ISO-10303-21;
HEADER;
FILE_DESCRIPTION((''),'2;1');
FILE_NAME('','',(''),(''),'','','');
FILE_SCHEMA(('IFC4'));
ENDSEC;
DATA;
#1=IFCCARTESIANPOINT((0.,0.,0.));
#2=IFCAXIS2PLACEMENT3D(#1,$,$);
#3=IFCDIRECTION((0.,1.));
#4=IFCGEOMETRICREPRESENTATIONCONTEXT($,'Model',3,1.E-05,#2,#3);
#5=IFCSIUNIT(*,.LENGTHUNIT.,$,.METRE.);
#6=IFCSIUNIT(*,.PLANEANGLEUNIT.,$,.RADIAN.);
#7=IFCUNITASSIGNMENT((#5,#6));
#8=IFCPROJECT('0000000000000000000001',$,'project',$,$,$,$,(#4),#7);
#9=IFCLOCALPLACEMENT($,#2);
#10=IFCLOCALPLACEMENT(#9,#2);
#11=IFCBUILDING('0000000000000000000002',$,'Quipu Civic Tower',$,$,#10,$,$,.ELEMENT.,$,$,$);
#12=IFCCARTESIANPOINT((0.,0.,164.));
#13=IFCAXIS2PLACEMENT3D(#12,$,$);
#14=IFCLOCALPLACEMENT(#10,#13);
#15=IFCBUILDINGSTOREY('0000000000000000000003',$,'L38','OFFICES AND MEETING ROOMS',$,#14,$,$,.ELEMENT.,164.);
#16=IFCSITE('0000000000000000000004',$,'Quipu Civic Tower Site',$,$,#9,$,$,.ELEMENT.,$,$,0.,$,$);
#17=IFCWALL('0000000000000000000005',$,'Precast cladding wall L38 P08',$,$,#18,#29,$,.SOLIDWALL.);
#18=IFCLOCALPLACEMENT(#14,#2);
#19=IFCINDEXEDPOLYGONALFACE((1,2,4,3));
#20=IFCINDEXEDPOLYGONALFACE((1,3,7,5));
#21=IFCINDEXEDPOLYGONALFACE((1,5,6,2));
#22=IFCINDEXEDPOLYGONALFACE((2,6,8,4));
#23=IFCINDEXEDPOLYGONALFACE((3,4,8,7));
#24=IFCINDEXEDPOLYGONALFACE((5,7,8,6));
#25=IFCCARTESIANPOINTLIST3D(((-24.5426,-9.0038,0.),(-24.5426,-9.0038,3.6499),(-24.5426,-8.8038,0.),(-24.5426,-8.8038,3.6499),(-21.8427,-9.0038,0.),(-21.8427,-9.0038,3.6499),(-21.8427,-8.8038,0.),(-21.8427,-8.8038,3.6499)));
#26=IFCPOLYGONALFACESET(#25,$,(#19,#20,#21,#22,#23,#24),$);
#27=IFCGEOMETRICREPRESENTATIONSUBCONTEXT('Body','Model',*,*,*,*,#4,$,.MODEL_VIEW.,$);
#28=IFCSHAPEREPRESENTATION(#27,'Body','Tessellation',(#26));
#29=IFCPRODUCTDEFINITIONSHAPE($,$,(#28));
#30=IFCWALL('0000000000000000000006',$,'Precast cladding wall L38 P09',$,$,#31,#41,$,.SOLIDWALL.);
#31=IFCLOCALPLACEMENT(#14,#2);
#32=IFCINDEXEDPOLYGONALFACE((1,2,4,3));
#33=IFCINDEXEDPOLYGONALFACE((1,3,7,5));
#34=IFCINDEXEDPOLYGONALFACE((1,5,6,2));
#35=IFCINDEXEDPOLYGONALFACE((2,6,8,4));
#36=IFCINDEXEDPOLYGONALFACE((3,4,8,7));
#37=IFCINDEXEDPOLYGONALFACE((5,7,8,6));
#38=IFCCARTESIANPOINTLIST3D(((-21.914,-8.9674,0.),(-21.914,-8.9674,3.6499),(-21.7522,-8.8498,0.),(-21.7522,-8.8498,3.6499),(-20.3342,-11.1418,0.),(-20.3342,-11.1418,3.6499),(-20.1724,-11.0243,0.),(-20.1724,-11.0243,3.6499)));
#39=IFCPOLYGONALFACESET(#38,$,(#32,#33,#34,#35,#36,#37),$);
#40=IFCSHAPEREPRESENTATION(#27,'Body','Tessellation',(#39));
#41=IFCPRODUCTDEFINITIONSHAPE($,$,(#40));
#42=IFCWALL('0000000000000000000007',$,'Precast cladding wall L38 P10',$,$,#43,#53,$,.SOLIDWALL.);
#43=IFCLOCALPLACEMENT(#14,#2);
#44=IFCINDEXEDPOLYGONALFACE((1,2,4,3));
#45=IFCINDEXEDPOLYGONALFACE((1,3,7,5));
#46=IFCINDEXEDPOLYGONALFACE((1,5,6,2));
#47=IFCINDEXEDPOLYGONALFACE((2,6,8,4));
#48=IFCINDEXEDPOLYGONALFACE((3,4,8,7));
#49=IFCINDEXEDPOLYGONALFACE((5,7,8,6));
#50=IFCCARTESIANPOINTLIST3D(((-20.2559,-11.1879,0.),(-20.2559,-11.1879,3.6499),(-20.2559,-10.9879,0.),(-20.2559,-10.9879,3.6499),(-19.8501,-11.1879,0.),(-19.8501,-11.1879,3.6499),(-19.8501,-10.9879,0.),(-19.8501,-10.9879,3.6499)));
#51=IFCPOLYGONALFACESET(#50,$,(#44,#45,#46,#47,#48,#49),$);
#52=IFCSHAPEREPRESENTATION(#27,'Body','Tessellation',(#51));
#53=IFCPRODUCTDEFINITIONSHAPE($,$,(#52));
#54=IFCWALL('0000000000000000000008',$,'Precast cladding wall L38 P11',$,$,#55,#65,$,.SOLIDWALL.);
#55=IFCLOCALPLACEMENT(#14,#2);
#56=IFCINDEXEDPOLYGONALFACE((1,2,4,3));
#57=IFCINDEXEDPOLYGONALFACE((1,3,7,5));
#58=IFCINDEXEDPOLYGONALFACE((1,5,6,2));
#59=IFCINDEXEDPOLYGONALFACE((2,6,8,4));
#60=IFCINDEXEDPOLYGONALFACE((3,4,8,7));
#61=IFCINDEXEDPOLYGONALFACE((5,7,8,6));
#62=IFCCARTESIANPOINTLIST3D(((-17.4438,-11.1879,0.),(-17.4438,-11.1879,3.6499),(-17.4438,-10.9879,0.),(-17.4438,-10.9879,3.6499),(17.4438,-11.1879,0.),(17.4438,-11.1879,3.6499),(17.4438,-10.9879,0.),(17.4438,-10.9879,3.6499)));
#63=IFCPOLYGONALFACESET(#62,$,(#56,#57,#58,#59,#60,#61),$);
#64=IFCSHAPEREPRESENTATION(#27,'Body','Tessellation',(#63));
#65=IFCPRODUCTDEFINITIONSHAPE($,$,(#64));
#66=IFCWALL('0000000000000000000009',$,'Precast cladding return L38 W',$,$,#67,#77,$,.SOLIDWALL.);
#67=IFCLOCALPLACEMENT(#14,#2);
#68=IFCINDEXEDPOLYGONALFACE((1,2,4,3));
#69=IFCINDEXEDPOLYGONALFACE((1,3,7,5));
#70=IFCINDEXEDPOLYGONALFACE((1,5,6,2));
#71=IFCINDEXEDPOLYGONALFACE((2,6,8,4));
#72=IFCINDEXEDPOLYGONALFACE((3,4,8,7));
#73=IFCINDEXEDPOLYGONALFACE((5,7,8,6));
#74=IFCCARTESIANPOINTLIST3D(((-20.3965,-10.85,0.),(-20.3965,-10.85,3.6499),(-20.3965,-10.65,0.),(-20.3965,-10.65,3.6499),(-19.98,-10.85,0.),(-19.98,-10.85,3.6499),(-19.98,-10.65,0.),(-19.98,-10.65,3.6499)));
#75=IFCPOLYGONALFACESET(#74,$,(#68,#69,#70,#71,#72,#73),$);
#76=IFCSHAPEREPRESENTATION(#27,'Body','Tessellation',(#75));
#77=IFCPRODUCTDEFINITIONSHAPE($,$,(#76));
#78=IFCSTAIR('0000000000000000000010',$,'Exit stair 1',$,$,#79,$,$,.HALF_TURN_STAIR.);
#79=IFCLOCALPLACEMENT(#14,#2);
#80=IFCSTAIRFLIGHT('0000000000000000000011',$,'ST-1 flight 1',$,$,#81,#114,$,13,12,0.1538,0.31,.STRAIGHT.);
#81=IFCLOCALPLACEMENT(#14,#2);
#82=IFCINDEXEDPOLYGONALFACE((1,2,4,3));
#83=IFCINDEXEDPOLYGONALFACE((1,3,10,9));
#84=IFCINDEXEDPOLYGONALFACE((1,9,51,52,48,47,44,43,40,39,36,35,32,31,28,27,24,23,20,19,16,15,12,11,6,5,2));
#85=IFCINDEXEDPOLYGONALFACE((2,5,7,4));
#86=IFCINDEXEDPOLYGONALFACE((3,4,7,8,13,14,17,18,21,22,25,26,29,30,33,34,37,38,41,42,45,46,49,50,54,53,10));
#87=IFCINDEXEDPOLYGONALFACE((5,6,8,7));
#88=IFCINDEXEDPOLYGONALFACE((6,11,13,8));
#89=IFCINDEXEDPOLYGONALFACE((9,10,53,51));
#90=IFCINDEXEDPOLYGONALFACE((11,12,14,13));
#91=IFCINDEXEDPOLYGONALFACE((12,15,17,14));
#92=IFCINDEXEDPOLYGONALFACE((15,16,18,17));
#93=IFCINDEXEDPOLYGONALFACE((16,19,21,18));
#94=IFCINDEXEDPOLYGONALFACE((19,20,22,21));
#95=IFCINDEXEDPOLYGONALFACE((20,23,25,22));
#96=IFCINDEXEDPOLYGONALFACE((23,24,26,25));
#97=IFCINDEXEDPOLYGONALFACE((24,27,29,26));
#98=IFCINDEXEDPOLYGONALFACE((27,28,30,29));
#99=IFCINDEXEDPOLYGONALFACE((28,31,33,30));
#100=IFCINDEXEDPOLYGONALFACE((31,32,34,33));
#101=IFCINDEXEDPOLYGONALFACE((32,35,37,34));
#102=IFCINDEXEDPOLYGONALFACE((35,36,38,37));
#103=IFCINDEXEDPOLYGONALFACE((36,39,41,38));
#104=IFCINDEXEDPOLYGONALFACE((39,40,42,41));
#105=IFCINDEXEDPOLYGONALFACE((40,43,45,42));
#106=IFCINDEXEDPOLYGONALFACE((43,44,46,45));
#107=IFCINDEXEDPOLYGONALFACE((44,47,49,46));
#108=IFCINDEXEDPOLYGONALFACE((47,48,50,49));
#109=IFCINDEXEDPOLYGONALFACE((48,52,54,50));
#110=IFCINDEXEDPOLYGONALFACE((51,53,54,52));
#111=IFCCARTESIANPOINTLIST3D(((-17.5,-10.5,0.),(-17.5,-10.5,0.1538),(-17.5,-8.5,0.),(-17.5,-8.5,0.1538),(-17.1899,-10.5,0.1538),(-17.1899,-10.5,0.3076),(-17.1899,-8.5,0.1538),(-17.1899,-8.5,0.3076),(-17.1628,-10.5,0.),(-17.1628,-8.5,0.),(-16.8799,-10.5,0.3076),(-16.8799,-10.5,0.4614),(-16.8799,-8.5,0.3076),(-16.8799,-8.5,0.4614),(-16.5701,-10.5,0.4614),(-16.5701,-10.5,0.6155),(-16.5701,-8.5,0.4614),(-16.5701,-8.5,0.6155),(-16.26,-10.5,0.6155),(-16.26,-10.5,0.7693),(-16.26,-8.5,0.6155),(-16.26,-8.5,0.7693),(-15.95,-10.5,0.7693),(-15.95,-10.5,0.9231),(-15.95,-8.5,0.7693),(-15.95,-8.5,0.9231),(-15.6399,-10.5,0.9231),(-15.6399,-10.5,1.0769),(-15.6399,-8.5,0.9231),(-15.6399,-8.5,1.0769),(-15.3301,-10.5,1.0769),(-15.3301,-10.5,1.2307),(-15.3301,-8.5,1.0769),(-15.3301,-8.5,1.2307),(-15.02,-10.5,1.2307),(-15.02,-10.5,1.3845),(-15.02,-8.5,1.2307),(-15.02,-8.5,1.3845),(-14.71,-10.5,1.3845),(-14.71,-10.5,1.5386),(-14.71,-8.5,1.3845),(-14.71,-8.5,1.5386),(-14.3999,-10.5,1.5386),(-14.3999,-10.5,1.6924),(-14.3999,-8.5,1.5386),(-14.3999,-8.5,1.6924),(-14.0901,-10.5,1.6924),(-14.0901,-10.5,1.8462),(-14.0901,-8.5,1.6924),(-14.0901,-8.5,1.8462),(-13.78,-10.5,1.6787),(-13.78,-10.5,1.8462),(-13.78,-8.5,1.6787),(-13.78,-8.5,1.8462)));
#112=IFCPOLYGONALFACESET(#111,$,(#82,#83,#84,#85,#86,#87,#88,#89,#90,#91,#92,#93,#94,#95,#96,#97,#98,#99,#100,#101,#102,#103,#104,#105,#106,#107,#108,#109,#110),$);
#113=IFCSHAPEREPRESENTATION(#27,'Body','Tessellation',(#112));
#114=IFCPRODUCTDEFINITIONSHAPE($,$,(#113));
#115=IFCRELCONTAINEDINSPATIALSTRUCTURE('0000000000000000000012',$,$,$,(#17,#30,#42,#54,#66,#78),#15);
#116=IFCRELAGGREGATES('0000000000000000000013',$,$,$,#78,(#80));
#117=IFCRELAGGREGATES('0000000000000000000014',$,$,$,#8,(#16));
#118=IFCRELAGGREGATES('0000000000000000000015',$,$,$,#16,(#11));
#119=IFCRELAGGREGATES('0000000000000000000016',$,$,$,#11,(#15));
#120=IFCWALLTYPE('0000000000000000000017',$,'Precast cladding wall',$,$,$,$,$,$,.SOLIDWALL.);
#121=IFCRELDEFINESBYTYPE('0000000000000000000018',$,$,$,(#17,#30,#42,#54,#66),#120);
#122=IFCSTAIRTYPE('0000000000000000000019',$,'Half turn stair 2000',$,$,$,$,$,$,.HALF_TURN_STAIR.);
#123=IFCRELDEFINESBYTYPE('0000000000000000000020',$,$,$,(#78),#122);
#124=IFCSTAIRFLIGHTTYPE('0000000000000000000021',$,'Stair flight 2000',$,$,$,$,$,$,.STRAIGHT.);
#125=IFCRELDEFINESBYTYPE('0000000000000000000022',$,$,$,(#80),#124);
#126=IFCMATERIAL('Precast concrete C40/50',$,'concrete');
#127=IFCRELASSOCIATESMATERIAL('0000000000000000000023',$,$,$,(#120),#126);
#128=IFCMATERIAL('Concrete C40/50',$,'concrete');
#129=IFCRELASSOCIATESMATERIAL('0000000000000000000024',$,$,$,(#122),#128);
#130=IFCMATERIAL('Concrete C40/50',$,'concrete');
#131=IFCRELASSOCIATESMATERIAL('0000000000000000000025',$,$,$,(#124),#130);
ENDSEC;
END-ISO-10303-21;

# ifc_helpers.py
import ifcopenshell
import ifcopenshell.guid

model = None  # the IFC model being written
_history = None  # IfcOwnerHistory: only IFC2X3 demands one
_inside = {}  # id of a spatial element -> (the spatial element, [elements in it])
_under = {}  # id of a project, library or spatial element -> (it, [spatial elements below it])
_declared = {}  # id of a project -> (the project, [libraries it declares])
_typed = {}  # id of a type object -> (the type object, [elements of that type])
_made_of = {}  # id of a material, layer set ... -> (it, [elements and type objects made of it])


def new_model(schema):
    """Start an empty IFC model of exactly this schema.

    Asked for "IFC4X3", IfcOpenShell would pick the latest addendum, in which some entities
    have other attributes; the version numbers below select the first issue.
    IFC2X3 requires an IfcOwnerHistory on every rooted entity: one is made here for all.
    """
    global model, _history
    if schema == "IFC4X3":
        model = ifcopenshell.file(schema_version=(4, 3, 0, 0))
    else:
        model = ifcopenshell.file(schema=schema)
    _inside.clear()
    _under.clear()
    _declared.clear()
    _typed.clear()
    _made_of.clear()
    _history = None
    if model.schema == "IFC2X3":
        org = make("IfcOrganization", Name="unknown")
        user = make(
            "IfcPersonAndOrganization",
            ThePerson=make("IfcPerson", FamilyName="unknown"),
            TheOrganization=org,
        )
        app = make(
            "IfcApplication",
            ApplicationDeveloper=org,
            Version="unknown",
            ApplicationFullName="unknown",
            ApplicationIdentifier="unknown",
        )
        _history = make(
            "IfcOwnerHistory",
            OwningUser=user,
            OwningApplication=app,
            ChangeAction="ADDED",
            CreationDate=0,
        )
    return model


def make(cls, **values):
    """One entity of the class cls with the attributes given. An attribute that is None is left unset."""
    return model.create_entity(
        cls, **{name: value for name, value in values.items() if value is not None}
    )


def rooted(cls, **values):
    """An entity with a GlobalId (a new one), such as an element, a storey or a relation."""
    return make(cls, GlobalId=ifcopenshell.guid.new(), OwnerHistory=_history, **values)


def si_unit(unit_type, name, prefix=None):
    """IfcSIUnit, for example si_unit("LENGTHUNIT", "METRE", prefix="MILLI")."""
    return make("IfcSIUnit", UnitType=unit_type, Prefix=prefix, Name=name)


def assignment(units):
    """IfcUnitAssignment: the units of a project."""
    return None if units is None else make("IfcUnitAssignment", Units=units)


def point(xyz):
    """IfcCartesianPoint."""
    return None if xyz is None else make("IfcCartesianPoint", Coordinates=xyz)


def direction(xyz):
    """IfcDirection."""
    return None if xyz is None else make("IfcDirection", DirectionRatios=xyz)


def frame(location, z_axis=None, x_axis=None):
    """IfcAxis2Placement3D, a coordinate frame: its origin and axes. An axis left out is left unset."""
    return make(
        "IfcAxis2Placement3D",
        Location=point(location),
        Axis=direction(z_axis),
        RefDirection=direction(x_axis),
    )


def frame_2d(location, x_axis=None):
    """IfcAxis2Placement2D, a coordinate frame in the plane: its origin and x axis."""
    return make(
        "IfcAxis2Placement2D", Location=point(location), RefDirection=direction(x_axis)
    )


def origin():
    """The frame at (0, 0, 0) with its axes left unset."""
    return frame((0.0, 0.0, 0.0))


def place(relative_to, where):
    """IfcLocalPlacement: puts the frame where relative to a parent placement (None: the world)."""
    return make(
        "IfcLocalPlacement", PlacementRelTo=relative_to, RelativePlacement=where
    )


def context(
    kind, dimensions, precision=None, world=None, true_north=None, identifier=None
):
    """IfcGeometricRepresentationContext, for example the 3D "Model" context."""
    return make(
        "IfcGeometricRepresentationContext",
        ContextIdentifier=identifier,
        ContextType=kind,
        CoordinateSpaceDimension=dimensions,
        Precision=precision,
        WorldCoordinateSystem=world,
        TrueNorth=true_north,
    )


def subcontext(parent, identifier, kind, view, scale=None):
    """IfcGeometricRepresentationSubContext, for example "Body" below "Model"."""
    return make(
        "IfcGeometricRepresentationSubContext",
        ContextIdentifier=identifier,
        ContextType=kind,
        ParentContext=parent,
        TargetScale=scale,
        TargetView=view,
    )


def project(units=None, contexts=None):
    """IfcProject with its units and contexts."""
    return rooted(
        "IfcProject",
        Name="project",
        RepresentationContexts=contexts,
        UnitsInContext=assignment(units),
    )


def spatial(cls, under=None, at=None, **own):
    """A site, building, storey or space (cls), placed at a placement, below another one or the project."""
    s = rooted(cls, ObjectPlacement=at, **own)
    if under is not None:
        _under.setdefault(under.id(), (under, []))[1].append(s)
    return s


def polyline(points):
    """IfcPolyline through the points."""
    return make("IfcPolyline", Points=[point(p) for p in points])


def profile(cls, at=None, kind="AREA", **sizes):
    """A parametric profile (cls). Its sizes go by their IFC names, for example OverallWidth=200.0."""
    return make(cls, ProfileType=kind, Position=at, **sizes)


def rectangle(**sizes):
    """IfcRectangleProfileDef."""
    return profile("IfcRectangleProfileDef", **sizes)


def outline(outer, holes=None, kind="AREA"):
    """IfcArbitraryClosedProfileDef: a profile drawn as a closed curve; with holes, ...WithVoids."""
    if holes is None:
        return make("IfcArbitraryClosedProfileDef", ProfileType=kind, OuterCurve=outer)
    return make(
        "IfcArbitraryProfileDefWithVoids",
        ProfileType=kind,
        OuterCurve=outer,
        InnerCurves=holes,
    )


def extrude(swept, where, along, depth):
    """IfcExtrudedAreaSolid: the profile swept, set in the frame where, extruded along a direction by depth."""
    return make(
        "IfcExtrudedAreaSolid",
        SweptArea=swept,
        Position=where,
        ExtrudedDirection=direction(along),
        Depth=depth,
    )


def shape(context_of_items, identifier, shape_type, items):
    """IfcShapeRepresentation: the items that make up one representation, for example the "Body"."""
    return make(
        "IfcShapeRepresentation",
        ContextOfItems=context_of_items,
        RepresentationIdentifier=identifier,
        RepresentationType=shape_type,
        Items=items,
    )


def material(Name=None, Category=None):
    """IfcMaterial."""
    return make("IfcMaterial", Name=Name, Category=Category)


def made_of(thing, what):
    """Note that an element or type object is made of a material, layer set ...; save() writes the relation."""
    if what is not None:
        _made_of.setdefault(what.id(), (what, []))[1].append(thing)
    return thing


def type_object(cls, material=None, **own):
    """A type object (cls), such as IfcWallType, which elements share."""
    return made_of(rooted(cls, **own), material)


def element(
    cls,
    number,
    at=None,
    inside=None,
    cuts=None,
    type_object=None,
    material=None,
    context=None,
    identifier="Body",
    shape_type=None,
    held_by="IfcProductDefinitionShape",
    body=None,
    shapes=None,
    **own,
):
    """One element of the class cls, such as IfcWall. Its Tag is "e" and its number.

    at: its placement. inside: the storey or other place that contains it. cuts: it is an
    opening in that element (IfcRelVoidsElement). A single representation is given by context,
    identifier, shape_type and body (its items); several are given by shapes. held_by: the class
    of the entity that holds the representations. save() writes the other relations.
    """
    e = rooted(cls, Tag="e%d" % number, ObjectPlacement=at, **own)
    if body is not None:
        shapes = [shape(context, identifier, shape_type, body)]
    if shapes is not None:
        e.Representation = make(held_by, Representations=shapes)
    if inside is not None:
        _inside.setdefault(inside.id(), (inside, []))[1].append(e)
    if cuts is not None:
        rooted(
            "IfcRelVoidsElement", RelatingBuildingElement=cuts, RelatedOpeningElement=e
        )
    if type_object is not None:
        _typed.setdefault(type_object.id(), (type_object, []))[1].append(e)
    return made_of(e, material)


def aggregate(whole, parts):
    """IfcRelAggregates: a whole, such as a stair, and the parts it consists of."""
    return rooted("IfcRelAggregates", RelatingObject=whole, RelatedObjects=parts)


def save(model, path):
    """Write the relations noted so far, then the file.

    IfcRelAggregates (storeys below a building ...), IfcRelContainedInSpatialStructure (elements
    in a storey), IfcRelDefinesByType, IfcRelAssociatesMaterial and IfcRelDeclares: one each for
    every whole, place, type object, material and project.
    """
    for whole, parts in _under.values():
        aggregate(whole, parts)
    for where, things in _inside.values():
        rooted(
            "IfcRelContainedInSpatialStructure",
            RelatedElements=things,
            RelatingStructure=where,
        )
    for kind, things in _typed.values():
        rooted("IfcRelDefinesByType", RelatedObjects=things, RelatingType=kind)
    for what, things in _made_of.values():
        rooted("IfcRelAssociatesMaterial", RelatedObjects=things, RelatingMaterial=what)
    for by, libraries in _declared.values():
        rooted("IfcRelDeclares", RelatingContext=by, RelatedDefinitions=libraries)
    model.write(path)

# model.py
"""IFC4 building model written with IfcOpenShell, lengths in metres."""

from ifc_helpers import new_model, si_unit, direction, frame, frame_2d, origin, place, context, subcontext, project, spatial, polyline, rectangle, outline, extrude, material, type_object, element, aggregate, save


model = new_model("IFC4")

# Units and contexts
model_context = context("Model", 3, precision=1e-05, world=origin(), true_north=direction((0.0, 1.0)))
body_context = subcontext(model_context, "Body", "Model", "MODEL_VIEW")
ifc_project = project(units=[si_unit("LENGTHUNIT", "METRE"), si_unit("PLANEANGLEUNIT", "RADIAN")], contexts=[model_context])

# Site, building, storey
site_placement = place(None, origin())
site = spatial("IfcSite", under=ifc_project, at=site_placement, Name="Quipu Civic Tower Site", CompositionType="ELEMENT", RefElevation=0.0)
building_placement = place(site_placement, origin())
building = spatial("IfcBuilding", under=site, at=building_placement, Name="Quipu Civic Tower", CompositionType="ELEMENT")
storey_placement = place(building_placement, frame((0.0, 0.0, 164.0)))
storey = spatial("IfcBuildingStorey", under=building, at=storey_placement, Name="L38", Description="OFFICES AND MEETING ROOMS", CompositionType="ELEMENT", Elevation=164.0)

# Walls
ifc_material_1 = material(Name="Precast concrete C40/50", Category="concrete")
wall_type_1 = type_object("IfcWallType", Name="Precast cladding wall", PredefinedType="SOLIDWALL", material=ifc_material_1)
wall_1_placement = place(storey_placement, frame((-24.5427, -8.9038, 0.0), z_axis=(0.0, 0.0, 1.0), x_axis=(1.0, 0.0, 0.0)))
element("IfcWall", 1, at=wall_1_placement, inside=storey, type_object=wall_type_1, Name="Precast cladding wall L38 P08", PredefinedType="SOLIDWALL", context=body_context, shape_type="SweptSolid", body=[
    extrude(rectangle(XDim=2.7, YDim=0.2, at=frame_2d((1.3501, 0.0))), origin(), (0.0, 0.0, 1.0), 3.6499),
])
wall_2_placement = place(storey_placement, frame((-21.833, -8.9087, 0.0), z_axis=(0.0, 0.0, 1.0), x_axis=(0.587767, -0.809031, 0.0)))
element("IfcWall", 2, at=wall_2_placement, inside=storey, type_object=wall_type_1, Name="Precast cladding wall L38 P09", PredefinedType="SOLIDWALL", context=body_context, shape_type="SweptSolid", body=[
    extrude(rectangle(XDim=2.6877, YDim=0.2, at=frame_2d((1.3438, 0.0))), origin(), (0.0, 0.0, 1.0), 3.6499),
])
wall_3_placement = place(storey_placement, frame((-20.2559, -11.0879, 0.0), z_axis=(0.0, 0.0, 1.0), x_axis=(1.0, 0.0, 0.0)))
element("IfcWall", 3, at=wall_3_placement, inside=storey, type_object=wall_type_1, Name="Precast cladding wall L38 P10", PredefinedType="SOLIDWALL", context=body_context, shape_type="SweptSolid", body=[
    extrude(rectangle(XDim=0.4058, YDim=0.2, at=frame_2d((0.2029, 0.0))), origin(), (0.0, 0.0, 1.0), 3.6499),
])
wall_4_placement = place(storey_placement, frame((-17.4438, -11.0879, 0.0), z_axis=(0.0, 0.0, 1.0), x_axis=(1.0, 0.0, 0.0)))
element("IfcWall", 4, at=wall_4_placement, inside=storey, type_object=wall_type_1, Name="Precast cladding wall L38 P11", PredefinedType="SOLIDWALL", context=body_context, shape_type="SweptSolid", body=[
    extrude(rectangle(XDim=34.8877, YDim=0.2, at=frame_2d((17.4438, 0.0))), origin(), (0.0, 0.0, 1.0), 3.6499),
])
wall_5_placement = place(storey_placement, frame((-19.98, -10.75, 0.0), z_axis=(0.0, 0.0, 1.0), x_axis=(-1.0, 0.0, 0.0)))
element("IfcWall", 5, at=wall_5_placement, inside=storey, type_object=wall_type_1, Name="Precast cladding return L38 W", PredefinedType="SOLIDWALL", context=body_context, shape_type="SweptSolid", body=[
    extrude(rectangle(XDim=0.4165, YDim=0.2, at=frame_2d((0.2083, 0.0))), origin(), (0.0, 0.0, 1.0), 3.6499),
])

# Stair, stair flight
ifc_material_2 = material(Name="Concrete C40/50", Category="concrete")
stair_type = type_object("IfcStairType", Name="Half turn stair 2000", PredefinedType="HALF_TURN_STAIR", material=ifc_material_2)
stair_placement = place(storey_placement, origin())
stair = element("IfcStair", 6, at=stair_placement, inside=storey, type_object=stair_type, Name="Exit stair 1", PredefinedType="HALF_TURN_STAIR")
ifc_material_3 = material(Name="Concrete C40/50", Category="concrete")
stair_flight_type = type_object("IfcStairFlightType", Name="Stair flight 2000", PredefinedType="STRAIGHT", material=ifc_material_3)
stair_flight_placement = place(storey_placement, frame((-17.5, -9.5, 0.0), z_axis=(0.0, 0.0, 1.0), x_axis=(1.0, 0.0, 0.0)))
stair_flight = element("IfcStairFlight", 7, at=stair_flight_placement, type_object=stair_flight_type, Name="ST-1 flight 1", NumberOfRisers=13, NumberOfTreads=12, PredefinedType="STRAIGHT", RiserHeight=0.1538, TreadLength=0.31, context=body_context, shape_type="SweptSolid", body=[
    extrude(outline(polyline([(0.0, 0.0), (0.0, 0.1538), (0.3101, 0.1538), (0.3101, 0.3076), (0.6201, 0.3076), (0.6201, 0.4614), (0.9299, 0.4614), (0.9299, 0.6155), (1.24, 0.6155), (1.24, 0.7693), (1.55, 0.7693), (1.55, 0.9231), (1.8601, 0.9231), (1.8601, 1.0769), (2.1699, 1.0769), (2.1699, 1.2307), (2.48, 1.2307), (2.48, 1.3845), (2.79, 1.3845), (2.79, 1.5386), (3.1001, 1.5386), (3.1001, 1.6924), (3.4099, 1.6924), (3.4099, 1.8462), (3.72, 1.8462), (3.72, 2.0), (3.72, 1.6787), (0.3372, 0.0), (0.0, 0.0)])), frame((0.0, 1.0, 0.0), z_axis=(0.0, -1.0, 0.0), x_axis=(1.0, 0.0, 0.0)), (0.0, 0.0, 1.0), 2.0),
])
aggregate(stair, [stair_flight])

save(model, "model.ifc")
